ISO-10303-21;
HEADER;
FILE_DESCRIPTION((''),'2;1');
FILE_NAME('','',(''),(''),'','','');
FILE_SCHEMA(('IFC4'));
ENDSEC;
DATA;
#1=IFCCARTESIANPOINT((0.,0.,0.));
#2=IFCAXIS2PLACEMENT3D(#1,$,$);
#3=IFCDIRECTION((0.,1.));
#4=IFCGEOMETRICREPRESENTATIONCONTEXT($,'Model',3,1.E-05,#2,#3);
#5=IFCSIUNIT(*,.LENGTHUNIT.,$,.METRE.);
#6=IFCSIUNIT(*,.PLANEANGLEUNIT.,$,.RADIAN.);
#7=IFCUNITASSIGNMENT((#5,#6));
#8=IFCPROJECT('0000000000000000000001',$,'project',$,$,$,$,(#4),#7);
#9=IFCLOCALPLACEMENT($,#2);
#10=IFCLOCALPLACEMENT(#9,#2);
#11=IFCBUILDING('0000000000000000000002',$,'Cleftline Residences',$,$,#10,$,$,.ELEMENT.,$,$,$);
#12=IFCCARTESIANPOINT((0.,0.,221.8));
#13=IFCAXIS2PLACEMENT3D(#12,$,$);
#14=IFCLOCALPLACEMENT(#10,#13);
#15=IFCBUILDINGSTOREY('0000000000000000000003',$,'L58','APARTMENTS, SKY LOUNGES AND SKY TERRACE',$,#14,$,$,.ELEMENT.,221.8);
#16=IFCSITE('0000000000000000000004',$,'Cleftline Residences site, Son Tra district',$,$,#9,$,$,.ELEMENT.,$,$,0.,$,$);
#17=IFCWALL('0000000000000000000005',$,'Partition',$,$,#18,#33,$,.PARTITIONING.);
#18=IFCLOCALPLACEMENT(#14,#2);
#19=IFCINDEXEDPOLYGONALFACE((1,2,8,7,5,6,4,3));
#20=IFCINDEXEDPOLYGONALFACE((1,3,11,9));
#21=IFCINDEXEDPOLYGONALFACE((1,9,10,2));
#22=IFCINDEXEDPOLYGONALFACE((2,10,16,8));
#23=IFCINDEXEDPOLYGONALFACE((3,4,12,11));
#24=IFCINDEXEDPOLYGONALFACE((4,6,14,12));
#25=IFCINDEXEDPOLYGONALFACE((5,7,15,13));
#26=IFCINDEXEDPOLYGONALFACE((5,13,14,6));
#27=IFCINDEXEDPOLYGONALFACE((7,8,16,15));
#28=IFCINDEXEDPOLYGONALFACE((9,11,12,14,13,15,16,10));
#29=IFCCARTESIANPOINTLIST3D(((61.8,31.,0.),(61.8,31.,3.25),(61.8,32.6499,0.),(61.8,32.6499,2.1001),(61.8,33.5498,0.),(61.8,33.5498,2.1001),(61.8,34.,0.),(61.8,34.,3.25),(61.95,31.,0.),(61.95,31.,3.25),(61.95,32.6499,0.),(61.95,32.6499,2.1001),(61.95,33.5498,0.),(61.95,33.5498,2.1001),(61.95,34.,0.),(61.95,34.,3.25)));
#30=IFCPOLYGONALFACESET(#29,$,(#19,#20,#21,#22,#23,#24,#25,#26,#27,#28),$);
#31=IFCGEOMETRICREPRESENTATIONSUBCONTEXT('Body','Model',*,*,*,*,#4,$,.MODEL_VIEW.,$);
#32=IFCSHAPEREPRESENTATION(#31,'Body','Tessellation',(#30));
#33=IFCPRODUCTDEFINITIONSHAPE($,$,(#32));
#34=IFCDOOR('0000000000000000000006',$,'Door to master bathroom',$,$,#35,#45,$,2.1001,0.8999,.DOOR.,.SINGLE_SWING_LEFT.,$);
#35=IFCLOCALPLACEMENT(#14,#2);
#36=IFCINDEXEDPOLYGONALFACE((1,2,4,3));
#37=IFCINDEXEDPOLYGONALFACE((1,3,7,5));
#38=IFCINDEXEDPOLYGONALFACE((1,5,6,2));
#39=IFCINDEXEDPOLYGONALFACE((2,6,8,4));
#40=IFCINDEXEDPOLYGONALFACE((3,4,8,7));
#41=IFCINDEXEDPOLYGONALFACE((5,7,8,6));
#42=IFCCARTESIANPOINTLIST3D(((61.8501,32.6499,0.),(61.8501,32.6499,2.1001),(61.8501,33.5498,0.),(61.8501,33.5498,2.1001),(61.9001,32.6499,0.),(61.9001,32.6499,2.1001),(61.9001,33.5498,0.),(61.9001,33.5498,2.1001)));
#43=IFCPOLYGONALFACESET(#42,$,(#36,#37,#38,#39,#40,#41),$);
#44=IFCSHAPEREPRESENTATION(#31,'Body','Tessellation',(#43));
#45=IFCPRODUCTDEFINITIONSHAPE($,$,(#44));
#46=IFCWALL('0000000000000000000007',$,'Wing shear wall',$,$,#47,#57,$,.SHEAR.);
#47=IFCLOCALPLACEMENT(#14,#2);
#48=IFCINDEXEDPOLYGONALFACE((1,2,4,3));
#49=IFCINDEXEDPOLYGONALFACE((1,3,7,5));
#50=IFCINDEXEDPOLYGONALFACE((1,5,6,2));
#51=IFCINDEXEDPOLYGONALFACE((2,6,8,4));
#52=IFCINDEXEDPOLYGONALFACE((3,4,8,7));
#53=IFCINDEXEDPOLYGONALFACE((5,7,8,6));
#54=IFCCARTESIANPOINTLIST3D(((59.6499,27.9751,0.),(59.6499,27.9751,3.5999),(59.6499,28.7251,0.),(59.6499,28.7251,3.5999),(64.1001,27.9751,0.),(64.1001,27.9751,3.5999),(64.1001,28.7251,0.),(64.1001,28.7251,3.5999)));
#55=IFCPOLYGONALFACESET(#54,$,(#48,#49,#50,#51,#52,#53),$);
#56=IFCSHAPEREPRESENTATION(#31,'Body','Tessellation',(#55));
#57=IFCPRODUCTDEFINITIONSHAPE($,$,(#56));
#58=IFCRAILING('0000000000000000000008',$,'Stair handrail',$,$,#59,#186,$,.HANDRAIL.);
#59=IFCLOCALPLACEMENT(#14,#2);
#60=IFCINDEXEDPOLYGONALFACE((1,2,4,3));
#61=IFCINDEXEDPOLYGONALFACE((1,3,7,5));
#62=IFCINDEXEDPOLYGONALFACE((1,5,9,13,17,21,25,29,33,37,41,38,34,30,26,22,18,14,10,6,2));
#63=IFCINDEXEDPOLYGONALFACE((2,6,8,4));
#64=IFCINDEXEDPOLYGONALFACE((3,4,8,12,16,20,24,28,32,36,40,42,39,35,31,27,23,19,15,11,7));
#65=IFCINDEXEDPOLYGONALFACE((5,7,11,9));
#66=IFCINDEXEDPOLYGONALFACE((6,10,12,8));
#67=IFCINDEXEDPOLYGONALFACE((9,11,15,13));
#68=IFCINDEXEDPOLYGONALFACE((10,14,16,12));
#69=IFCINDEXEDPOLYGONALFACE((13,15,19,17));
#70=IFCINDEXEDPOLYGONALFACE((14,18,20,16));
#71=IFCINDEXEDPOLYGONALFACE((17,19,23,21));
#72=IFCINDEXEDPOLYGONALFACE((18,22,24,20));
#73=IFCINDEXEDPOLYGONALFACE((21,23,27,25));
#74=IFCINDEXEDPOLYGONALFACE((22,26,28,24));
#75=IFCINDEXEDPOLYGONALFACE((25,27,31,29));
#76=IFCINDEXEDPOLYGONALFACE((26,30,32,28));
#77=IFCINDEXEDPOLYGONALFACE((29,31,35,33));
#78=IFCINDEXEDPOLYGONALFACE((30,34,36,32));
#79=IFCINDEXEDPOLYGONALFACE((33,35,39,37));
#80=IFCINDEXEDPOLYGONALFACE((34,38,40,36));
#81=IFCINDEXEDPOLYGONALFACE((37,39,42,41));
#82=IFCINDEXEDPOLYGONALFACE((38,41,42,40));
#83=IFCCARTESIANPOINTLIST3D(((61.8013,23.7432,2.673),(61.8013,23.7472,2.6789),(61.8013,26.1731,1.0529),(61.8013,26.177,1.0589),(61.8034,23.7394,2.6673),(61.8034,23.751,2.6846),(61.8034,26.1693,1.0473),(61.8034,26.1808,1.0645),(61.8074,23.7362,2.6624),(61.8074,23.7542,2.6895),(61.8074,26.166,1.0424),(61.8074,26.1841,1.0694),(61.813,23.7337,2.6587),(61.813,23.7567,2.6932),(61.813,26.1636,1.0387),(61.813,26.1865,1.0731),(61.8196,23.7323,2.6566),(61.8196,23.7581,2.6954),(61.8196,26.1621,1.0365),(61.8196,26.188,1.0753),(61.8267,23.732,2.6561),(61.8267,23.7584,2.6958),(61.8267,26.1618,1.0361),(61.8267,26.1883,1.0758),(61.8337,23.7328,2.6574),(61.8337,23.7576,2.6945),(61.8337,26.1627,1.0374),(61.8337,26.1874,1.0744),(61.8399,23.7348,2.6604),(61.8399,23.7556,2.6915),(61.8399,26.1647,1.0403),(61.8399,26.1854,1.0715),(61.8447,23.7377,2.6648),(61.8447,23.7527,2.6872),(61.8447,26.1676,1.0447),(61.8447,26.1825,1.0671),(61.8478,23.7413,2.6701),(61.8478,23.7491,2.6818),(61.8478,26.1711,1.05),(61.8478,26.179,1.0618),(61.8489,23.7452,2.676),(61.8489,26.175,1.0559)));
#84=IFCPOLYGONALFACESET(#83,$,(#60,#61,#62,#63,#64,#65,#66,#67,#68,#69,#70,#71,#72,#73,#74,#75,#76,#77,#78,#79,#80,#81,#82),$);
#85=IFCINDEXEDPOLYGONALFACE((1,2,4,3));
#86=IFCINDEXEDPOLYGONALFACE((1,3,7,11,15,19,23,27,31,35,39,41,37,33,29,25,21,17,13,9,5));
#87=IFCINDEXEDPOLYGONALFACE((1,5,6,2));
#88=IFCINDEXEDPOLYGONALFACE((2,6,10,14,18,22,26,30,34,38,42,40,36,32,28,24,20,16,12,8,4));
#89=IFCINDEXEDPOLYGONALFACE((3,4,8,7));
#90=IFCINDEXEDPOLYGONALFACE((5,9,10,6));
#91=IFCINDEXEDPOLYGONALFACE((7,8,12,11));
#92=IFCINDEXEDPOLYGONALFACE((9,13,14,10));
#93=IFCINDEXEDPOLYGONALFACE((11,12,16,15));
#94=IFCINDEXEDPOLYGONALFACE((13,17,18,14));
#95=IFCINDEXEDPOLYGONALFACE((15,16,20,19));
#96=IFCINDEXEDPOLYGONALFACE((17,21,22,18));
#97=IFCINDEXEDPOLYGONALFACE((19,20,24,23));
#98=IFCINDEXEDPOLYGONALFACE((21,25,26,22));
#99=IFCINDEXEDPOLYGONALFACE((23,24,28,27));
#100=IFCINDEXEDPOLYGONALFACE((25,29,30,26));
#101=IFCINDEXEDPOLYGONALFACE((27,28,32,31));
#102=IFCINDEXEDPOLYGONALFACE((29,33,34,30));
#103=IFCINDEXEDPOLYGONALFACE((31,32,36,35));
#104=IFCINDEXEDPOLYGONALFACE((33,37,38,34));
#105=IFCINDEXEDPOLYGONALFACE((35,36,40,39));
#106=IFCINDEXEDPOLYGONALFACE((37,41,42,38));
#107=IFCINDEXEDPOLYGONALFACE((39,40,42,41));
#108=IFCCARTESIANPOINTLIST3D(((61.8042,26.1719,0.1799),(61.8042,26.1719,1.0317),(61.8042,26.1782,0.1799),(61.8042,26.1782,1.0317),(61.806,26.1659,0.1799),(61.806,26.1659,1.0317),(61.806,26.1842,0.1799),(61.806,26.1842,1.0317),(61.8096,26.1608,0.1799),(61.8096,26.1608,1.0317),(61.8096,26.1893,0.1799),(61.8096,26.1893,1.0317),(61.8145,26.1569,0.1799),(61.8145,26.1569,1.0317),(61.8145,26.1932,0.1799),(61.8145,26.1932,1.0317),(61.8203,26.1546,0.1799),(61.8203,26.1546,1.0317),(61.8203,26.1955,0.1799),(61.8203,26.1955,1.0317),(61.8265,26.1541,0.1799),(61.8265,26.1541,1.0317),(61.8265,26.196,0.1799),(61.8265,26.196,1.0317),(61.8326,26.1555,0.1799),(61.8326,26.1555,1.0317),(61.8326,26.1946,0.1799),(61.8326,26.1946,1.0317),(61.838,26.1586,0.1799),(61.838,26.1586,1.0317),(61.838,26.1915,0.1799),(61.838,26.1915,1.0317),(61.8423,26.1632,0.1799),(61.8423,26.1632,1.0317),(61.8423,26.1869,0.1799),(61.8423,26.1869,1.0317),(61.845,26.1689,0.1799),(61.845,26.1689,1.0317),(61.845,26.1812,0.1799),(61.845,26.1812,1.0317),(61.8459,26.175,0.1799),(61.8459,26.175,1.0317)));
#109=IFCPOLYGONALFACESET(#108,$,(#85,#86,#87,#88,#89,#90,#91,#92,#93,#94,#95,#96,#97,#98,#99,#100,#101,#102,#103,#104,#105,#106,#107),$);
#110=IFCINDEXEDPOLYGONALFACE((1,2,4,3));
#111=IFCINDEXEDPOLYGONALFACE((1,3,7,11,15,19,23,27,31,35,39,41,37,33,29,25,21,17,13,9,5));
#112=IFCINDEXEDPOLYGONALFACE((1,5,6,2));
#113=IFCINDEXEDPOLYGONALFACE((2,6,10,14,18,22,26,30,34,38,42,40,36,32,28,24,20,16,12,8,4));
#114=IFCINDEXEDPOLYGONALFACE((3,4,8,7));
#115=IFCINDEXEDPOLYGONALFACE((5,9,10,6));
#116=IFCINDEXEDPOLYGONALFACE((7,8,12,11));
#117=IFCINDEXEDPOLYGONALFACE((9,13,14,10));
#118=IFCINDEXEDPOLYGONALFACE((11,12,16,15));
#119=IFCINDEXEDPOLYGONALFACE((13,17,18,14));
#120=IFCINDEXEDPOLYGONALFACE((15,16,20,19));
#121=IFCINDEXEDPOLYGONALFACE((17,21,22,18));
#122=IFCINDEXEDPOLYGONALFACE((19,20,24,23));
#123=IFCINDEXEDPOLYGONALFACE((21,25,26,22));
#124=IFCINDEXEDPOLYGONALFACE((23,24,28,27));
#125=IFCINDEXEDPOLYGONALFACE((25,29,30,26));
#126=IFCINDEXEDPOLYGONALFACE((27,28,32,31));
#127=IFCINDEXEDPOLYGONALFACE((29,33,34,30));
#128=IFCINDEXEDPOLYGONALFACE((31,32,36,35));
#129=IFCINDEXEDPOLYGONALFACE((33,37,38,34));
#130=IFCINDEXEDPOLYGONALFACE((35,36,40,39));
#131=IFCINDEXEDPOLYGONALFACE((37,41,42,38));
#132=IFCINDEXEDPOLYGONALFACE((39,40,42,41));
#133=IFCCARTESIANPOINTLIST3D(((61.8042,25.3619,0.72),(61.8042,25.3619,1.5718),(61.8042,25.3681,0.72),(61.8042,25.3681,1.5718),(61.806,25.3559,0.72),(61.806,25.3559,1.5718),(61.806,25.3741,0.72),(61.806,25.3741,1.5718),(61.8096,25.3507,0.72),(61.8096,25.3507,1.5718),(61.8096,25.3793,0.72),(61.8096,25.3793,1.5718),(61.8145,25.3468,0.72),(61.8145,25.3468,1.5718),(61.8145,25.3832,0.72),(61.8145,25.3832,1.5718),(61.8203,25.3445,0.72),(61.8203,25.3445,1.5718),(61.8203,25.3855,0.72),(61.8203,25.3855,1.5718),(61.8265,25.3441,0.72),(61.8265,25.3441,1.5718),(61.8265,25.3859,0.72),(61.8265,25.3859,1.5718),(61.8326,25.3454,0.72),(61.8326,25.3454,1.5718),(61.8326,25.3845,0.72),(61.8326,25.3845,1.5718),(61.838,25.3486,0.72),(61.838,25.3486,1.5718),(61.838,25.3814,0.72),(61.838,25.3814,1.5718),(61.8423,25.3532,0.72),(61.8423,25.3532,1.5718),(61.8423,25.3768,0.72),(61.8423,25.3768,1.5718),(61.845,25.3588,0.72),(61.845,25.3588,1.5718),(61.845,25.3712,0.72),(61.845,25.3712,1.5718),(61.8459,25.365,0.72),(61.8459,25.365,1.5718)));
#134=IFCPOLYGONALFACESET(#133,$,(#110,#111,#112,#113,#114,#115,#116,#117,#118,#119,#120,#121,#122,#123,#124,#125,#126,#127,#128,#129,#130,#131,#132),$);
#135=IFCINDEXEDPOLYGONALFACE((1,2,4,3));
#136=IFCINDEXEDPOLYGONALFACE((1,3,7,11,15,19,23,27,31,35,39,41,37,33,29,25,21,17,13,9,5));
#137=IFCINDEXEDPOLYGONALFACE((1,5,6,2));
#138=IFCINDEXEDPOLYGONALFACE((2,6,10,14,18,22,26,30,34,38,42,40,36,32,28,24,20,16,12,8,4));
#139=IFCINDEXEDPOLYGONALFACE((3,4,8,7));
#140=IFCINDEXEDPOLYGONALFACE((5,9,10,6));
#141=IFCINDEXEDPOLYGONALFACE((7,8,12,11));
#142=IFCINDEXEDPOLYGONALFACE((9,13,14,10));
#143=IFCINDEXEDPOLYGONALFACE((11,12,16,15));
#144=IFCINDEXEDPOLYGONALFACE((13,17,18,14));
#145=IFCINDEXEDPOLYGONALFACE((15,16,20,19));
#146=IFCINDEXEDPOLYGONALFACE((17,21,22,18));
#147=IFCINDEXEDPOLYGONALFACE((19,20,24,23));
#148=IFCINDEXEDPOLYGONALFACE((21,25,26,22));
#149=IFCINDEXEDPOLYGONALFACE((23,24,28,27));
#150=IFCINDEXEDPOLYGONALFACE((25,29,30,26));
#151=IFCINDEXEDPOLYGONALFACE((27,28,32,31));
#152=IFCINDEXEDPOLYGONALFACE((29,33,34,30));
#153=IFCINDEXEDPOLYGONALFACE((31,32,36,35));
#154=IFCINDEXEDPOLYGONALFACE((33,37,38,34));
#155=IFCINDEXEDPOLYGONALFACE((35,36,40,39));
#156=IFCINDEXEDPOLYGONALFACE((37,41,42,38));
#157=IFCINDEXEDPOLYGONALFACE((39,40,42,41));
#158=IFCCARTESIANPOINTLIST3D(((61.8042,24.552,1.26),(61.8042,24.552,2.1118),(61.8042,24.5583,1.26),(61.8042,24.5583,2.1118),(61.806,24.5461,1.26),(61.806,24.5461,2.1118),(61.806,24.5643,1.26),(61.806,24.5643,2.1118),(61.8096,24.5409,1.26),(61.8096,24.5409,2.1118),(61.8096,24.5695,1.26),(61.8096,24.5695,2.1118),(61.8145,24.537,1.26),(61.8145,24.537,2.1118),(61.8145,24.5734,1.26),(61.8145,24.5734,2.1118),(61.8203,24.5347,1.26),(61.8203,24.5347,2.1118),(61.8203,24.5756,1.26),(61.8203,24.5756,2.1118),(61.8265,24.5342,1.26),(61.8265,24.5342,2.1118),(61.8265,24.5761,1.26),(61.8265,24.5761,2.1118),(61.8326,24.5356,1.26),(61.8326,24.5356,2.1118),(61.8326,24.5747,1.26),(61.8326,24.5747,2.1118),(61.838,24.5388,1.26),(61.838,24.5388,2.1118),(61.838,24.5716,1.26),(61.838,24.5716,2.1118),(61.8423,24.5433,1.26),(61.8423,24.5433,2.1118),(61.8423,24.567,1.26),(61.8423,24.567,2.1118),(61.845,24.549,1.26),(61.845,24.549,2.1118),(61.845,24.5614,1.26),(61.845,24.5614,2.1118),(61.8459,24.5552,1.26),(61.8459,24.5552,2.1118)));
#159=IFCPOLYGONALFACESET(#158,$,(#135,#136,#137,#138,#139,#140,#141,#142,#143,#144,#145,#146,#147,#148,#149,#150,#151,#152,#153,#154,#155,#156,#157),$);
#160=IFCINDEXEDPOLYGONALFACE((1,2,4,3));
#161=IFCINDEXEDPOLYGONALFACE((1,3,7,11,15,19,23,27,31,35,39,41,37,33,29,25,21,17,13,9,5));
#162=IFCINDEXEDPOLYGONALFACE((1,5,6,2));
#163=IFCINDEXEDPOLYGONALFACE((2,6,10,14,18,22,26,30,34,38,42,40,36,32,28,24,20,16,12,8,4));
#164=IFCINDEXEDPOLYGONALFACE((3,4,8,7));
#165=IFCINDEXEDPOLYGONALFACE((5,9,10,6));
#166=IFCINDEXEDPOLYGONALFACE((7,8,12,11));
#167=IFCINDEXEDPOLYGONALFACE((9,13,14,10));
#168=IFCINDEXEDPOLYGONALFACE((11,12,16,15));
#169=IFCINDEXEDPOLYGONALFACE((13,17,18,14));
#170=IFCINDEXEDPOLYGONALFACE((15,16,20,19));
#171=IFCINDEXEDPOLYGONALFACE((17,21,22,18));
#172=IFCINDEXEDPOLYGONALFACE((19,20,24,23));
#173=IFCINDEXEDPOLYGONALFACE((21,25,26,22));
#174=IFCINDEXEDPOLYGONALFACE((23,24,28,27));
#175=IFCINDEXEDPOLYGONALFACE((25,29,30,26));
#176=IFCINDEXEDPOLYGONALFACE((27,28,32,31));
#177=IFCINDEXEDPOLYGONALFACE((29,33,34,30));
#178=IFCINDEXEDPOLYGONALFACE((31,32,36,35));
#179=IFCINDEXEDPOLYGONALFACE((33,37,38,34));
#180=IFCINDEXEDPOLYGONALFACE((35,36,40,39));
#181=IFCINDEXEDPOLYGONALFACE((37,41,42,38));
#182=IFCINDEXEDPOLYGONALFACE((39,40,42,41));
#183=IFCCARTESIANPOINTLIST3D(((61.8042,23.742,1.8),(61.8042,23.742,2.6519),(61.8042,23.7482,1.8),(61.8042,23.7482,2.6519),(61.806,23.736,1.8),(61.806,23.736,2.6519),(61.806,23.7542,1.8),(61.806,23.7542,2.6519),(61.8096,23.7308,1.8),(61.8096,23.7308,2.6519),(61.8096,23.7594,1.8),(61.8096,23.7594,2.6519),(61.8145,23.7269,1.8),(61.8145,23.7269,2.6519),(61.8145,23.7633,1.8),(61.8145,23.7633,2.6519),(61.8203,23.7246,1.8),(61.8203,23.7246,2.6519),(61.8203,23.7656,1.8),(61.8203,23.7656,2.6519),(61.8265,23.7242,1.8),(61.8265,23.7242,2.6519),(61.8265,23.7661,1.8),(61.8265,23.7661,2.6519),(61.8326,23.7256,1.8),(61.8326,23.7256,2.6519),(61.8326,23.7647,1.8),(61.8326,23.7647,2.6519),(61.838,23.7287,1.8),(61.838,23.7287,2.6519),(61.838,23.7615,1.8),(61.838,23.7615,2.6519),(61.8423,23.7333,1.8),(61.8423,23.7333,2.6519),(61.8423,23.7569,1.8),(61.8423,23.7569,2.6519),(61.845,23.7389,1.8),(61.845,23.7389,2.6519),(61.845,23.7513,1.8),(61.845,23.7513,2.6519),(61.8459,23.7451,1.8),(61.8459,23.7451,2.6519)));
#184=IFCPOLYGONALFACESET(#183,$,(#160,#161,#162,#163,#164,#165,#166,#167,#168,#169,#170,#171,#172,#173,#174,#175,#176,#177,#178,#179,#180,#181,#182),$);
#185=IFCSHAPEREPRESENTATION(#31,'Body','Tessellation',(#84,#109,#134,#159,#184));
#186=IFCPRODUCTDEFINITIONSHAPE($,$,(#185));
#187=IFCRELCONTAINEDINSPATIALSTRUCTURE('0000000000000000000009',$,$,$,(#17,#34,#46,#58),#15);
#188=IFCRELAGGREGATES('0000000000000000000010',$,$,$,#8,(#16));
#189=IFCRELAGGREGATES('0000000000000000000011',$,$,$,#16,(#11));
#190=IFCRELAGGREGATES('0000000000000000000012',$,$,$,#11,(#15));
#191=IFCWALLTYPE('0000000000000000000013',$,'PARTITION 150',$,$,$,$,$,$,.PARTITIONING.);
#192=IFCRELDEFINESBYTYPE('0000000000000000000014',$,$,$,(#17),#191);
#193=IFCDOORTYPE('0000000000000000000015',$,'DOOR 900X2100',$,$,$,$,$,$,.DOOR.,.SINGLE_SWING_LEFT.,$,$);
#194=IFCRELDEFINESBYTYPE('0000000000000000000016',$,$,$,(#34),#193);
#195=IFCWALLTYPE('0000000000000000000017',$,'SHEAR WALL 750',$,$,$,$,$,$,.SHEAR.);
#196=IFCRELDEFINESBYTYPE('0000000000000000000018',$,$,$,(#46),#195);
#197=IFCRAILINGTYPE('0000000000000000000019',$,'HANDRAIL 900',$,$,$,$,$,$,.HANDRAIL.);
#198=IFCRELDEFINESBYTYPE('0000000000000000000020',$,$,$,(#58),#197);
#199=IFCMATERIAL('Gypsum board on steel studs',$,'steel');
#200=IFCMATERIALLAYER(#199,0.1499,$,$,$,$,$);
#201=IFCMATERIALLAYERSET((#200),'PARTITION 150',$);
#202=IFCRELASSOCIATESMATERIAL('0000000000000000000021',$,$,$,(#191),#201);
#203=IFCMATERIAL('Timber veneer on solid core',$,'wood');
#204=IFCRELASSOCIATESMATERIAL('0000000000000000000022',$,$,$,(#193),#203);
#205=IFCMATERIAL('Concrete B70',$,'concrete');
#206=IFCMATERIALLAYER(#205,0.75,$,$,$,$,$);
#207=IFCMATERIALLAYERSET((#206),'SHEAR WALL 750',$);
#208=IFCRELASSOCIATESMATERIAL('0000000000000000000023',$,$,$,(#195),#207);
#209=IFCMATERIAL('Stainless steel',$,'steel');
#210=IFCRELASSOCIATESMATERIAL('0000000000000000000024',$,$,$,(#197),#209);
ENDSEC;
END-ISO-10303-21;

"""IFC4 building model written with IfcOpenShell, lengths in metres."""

from ifc_helpers import new_model, si_unit, direction, frame, frame_2d, origin, origin_2d, place, context, subcontext, project, spatial, rectangle, circle, extrude, material, layer, layer_set, type_object, element, fill, save


model = new_model("IFC4")

# Units and contexts
model_context = context("Model", 3, precision=1e-05, world=origin(), true_north=direction((0.0, 1.0)))
body_context = subcontext(model_context, "Body", "Model", "MODEL_VIEW")
ifc_project = project(units=[si_unit("LENGTHUNIT", "METRE"), si_unit("PLANEANGLEUNIT", "RADIAN")], contexts=[model_context])

# Site, building, storey
site_placement = place(None, origin())
site = spatial("IfcSite", under=ifc_project, at=site_placement, Name="Cleftline Residences site, Son Tra district", CompositionType="ELEMENT", RefElevation=0.0)
building_placement = place(site_placement, origin())
building = spatial("IfcBuilding", under=site, at=building_placement, Name="Cleftline Residences", CompositionType="ELEMENT")
storey_placement = place(building_placement, frame((0.0, 0.0, 221.8)))
storey = spatial("IfcBuildingStorey", under=building, at=storey_placement, Name="L58", Description="APARTMENTS, SKY LOUNGES AND SKY TERRACE", CompositionType="ELEMENT", Elevation=221.8)

# Wall, opening, door
ifc_material_1 = material(Name="Gypsum board on steel studs", Category="steel")
ifc_layer_1 = layer(ifc_material_1, 0.1499)
ifc_layer_set_1 = layer_set([ifc_layer_1], Name="PARTITION 150")
wall_type_1 = type_object("IfcWallType", Name="PARTITION 150", PredefinedType="PARTITIONING", material=ifc_layer_set_1)
wall_1_placement = place(storey_placement, frame((61.875, 31.0, 0.0), z_axis=(0.0, 0.0, 1.0), x_axis=(0.0, 1.0, 0.0)))
wall_1 = element("IfcWall", 1, at=wall_1_placement, inside=storey, type_object=wall_type_1, Name="Partition", PredefinedType="PARTITIONING", context=body_context, shape_type="SweptSolid", body=[
    extrude(rectangle(XDim=3.0, YDim=0.1499, at=frame_2d((1.5, 0.0))), origin(), (0.0, 0.0, 1.0), 3.25),
])
opening_placement = place(wall_1_placement, frame((1.6499, 0.0, 0.0)))
opening = element("IfcOpeningElement", 2, at=opening_placement, cuts=wall_1, PredefinedType="OPENING", context=body_context, shape_type="SweptSolid", body=[
    extrude(rectangle(XDim=0.8999, YDim=2.1001, at=frame_2d((0.45, 1.05))), frame((0.0, 0.085, 0.0), z_axis=(0.0, -1.0, 0.0), x_axis=(1.0, 0.0, 0.0)), (0.0, 0.0, 1.0), 0.1699),
])
ifc_material_2 = material(Name="Timber veneer on solid core", Category="wood")
door_type = type_object("IfcDoorType", Name="DOOR 900X2100", OperationType="SINGLE_SWING_LEFT", PredefinedType="DOOR", material=ifc_material_2)
door_placement = place(opening_placement, origin())
door = element("IfcDoor", 3, at=door_placement, inside=storey, type_object=door_type, Name="Door to master bathroom", OperationType="SINGLE_SWING_LEFT", OverallHeight=2.1001, OverallWidth=0.8999, PredefinedType="DOOR", context=body_context, shape_type="SweptSolid", body=[
    extrude(rectangle(XDim=0.8999, YDim=2.1001, at=frame_2d((0.45, 1.05))), frame((0.0, 0.0249, 0.0), z_axis=(0.0, -1.0, 0.0), x_axis=(1.0, 0.0, 0.0)), (0.0, 0.0, 1.0), 0.05),
])
fill(opening, door)

# Wall
ifc_material_3 = material(Name="Concrete B70", Category="concrete")
ifc_layer_2 = layer(ifc_material_3, 0.75)
ifc_layer_set_2 = layer_set([ifc_layer_2], Name="SHEAR WALL 750")
wall_type_2 = type_object("IfcWallType", Name="SHEAR WALL 750", PredefinedType="SHEAR", material=ifc_layer_set_2)
wall_2_placement = place(storey_placement, frame((64.1001, 28.3501, 0.0), z_axis=(0.0, 0.0, 1.0), x_axis=(-1.0, 0.0, 0.0)))
element("IfcWall", 4, at=wall_2_placement, inside=storey, type_object=wall_type_2, Name="Wing shear wall", PredefinedType="SHEAR", context=body_context, shape_type="SweptSolid", body=[
    extrude(rectangle(XDim=4.4502, YDim=0.75, at=frame_2d((2.2251, 0.0))), origin(), (0.0, 0.0, 1.0), 3.5999),
])

# Railing
ifc_material_4 = material(Name="Stainless steel", Category="steel")
railing_type = type_object("IfcRailingType", Name="HANDRAIL 900", PredefinedType="HANDRAIL", material=ifc_material_4)
railing_placement = place(storey_placement, frame((61.825, 26.175, 0.1799)))
element("IfcRailing", 5, at=railing_placement, inside=storey, type_object=railing_type, Name="Stair handrail", PredefinedType="HANDRAIL", context=body_context, shape_type="SweptSolid", body=[
    extrude(circle(Radius=0.0239, at=origin_2d()), frame((0.0, 0.0, 0.876), z_axis=(0.0, -0.832025, 0.554739), x_axis=(1.0, 0.0, 0.0)), (0.0, 0.0, 1.0), 2.9204),
    extrude(circle(Radius=0.021, at=origin_2d()), origin(), (0.0, 0.0, 1.0), 0.8518),
    extrude(circle(Radius=0.021, at=origin_2d()), frame((0.0, -0.8101, 0.54)), (0.0, 0.0, 1.0), 0.8518),
    extrude(circle(Radius=0.021, at=origin_2d()), frame((0.0, -1.6199, 1.0801)), (0.0, 0.0, 1.0), 0.8518),
    extrude(circle(Radius=0.021, at=origin_2d()), frame((0.0, -2.4299, 1.6201)), (0.0, 0.0, 1.0), 0.8518),
])

save(model, "model.ifc")
